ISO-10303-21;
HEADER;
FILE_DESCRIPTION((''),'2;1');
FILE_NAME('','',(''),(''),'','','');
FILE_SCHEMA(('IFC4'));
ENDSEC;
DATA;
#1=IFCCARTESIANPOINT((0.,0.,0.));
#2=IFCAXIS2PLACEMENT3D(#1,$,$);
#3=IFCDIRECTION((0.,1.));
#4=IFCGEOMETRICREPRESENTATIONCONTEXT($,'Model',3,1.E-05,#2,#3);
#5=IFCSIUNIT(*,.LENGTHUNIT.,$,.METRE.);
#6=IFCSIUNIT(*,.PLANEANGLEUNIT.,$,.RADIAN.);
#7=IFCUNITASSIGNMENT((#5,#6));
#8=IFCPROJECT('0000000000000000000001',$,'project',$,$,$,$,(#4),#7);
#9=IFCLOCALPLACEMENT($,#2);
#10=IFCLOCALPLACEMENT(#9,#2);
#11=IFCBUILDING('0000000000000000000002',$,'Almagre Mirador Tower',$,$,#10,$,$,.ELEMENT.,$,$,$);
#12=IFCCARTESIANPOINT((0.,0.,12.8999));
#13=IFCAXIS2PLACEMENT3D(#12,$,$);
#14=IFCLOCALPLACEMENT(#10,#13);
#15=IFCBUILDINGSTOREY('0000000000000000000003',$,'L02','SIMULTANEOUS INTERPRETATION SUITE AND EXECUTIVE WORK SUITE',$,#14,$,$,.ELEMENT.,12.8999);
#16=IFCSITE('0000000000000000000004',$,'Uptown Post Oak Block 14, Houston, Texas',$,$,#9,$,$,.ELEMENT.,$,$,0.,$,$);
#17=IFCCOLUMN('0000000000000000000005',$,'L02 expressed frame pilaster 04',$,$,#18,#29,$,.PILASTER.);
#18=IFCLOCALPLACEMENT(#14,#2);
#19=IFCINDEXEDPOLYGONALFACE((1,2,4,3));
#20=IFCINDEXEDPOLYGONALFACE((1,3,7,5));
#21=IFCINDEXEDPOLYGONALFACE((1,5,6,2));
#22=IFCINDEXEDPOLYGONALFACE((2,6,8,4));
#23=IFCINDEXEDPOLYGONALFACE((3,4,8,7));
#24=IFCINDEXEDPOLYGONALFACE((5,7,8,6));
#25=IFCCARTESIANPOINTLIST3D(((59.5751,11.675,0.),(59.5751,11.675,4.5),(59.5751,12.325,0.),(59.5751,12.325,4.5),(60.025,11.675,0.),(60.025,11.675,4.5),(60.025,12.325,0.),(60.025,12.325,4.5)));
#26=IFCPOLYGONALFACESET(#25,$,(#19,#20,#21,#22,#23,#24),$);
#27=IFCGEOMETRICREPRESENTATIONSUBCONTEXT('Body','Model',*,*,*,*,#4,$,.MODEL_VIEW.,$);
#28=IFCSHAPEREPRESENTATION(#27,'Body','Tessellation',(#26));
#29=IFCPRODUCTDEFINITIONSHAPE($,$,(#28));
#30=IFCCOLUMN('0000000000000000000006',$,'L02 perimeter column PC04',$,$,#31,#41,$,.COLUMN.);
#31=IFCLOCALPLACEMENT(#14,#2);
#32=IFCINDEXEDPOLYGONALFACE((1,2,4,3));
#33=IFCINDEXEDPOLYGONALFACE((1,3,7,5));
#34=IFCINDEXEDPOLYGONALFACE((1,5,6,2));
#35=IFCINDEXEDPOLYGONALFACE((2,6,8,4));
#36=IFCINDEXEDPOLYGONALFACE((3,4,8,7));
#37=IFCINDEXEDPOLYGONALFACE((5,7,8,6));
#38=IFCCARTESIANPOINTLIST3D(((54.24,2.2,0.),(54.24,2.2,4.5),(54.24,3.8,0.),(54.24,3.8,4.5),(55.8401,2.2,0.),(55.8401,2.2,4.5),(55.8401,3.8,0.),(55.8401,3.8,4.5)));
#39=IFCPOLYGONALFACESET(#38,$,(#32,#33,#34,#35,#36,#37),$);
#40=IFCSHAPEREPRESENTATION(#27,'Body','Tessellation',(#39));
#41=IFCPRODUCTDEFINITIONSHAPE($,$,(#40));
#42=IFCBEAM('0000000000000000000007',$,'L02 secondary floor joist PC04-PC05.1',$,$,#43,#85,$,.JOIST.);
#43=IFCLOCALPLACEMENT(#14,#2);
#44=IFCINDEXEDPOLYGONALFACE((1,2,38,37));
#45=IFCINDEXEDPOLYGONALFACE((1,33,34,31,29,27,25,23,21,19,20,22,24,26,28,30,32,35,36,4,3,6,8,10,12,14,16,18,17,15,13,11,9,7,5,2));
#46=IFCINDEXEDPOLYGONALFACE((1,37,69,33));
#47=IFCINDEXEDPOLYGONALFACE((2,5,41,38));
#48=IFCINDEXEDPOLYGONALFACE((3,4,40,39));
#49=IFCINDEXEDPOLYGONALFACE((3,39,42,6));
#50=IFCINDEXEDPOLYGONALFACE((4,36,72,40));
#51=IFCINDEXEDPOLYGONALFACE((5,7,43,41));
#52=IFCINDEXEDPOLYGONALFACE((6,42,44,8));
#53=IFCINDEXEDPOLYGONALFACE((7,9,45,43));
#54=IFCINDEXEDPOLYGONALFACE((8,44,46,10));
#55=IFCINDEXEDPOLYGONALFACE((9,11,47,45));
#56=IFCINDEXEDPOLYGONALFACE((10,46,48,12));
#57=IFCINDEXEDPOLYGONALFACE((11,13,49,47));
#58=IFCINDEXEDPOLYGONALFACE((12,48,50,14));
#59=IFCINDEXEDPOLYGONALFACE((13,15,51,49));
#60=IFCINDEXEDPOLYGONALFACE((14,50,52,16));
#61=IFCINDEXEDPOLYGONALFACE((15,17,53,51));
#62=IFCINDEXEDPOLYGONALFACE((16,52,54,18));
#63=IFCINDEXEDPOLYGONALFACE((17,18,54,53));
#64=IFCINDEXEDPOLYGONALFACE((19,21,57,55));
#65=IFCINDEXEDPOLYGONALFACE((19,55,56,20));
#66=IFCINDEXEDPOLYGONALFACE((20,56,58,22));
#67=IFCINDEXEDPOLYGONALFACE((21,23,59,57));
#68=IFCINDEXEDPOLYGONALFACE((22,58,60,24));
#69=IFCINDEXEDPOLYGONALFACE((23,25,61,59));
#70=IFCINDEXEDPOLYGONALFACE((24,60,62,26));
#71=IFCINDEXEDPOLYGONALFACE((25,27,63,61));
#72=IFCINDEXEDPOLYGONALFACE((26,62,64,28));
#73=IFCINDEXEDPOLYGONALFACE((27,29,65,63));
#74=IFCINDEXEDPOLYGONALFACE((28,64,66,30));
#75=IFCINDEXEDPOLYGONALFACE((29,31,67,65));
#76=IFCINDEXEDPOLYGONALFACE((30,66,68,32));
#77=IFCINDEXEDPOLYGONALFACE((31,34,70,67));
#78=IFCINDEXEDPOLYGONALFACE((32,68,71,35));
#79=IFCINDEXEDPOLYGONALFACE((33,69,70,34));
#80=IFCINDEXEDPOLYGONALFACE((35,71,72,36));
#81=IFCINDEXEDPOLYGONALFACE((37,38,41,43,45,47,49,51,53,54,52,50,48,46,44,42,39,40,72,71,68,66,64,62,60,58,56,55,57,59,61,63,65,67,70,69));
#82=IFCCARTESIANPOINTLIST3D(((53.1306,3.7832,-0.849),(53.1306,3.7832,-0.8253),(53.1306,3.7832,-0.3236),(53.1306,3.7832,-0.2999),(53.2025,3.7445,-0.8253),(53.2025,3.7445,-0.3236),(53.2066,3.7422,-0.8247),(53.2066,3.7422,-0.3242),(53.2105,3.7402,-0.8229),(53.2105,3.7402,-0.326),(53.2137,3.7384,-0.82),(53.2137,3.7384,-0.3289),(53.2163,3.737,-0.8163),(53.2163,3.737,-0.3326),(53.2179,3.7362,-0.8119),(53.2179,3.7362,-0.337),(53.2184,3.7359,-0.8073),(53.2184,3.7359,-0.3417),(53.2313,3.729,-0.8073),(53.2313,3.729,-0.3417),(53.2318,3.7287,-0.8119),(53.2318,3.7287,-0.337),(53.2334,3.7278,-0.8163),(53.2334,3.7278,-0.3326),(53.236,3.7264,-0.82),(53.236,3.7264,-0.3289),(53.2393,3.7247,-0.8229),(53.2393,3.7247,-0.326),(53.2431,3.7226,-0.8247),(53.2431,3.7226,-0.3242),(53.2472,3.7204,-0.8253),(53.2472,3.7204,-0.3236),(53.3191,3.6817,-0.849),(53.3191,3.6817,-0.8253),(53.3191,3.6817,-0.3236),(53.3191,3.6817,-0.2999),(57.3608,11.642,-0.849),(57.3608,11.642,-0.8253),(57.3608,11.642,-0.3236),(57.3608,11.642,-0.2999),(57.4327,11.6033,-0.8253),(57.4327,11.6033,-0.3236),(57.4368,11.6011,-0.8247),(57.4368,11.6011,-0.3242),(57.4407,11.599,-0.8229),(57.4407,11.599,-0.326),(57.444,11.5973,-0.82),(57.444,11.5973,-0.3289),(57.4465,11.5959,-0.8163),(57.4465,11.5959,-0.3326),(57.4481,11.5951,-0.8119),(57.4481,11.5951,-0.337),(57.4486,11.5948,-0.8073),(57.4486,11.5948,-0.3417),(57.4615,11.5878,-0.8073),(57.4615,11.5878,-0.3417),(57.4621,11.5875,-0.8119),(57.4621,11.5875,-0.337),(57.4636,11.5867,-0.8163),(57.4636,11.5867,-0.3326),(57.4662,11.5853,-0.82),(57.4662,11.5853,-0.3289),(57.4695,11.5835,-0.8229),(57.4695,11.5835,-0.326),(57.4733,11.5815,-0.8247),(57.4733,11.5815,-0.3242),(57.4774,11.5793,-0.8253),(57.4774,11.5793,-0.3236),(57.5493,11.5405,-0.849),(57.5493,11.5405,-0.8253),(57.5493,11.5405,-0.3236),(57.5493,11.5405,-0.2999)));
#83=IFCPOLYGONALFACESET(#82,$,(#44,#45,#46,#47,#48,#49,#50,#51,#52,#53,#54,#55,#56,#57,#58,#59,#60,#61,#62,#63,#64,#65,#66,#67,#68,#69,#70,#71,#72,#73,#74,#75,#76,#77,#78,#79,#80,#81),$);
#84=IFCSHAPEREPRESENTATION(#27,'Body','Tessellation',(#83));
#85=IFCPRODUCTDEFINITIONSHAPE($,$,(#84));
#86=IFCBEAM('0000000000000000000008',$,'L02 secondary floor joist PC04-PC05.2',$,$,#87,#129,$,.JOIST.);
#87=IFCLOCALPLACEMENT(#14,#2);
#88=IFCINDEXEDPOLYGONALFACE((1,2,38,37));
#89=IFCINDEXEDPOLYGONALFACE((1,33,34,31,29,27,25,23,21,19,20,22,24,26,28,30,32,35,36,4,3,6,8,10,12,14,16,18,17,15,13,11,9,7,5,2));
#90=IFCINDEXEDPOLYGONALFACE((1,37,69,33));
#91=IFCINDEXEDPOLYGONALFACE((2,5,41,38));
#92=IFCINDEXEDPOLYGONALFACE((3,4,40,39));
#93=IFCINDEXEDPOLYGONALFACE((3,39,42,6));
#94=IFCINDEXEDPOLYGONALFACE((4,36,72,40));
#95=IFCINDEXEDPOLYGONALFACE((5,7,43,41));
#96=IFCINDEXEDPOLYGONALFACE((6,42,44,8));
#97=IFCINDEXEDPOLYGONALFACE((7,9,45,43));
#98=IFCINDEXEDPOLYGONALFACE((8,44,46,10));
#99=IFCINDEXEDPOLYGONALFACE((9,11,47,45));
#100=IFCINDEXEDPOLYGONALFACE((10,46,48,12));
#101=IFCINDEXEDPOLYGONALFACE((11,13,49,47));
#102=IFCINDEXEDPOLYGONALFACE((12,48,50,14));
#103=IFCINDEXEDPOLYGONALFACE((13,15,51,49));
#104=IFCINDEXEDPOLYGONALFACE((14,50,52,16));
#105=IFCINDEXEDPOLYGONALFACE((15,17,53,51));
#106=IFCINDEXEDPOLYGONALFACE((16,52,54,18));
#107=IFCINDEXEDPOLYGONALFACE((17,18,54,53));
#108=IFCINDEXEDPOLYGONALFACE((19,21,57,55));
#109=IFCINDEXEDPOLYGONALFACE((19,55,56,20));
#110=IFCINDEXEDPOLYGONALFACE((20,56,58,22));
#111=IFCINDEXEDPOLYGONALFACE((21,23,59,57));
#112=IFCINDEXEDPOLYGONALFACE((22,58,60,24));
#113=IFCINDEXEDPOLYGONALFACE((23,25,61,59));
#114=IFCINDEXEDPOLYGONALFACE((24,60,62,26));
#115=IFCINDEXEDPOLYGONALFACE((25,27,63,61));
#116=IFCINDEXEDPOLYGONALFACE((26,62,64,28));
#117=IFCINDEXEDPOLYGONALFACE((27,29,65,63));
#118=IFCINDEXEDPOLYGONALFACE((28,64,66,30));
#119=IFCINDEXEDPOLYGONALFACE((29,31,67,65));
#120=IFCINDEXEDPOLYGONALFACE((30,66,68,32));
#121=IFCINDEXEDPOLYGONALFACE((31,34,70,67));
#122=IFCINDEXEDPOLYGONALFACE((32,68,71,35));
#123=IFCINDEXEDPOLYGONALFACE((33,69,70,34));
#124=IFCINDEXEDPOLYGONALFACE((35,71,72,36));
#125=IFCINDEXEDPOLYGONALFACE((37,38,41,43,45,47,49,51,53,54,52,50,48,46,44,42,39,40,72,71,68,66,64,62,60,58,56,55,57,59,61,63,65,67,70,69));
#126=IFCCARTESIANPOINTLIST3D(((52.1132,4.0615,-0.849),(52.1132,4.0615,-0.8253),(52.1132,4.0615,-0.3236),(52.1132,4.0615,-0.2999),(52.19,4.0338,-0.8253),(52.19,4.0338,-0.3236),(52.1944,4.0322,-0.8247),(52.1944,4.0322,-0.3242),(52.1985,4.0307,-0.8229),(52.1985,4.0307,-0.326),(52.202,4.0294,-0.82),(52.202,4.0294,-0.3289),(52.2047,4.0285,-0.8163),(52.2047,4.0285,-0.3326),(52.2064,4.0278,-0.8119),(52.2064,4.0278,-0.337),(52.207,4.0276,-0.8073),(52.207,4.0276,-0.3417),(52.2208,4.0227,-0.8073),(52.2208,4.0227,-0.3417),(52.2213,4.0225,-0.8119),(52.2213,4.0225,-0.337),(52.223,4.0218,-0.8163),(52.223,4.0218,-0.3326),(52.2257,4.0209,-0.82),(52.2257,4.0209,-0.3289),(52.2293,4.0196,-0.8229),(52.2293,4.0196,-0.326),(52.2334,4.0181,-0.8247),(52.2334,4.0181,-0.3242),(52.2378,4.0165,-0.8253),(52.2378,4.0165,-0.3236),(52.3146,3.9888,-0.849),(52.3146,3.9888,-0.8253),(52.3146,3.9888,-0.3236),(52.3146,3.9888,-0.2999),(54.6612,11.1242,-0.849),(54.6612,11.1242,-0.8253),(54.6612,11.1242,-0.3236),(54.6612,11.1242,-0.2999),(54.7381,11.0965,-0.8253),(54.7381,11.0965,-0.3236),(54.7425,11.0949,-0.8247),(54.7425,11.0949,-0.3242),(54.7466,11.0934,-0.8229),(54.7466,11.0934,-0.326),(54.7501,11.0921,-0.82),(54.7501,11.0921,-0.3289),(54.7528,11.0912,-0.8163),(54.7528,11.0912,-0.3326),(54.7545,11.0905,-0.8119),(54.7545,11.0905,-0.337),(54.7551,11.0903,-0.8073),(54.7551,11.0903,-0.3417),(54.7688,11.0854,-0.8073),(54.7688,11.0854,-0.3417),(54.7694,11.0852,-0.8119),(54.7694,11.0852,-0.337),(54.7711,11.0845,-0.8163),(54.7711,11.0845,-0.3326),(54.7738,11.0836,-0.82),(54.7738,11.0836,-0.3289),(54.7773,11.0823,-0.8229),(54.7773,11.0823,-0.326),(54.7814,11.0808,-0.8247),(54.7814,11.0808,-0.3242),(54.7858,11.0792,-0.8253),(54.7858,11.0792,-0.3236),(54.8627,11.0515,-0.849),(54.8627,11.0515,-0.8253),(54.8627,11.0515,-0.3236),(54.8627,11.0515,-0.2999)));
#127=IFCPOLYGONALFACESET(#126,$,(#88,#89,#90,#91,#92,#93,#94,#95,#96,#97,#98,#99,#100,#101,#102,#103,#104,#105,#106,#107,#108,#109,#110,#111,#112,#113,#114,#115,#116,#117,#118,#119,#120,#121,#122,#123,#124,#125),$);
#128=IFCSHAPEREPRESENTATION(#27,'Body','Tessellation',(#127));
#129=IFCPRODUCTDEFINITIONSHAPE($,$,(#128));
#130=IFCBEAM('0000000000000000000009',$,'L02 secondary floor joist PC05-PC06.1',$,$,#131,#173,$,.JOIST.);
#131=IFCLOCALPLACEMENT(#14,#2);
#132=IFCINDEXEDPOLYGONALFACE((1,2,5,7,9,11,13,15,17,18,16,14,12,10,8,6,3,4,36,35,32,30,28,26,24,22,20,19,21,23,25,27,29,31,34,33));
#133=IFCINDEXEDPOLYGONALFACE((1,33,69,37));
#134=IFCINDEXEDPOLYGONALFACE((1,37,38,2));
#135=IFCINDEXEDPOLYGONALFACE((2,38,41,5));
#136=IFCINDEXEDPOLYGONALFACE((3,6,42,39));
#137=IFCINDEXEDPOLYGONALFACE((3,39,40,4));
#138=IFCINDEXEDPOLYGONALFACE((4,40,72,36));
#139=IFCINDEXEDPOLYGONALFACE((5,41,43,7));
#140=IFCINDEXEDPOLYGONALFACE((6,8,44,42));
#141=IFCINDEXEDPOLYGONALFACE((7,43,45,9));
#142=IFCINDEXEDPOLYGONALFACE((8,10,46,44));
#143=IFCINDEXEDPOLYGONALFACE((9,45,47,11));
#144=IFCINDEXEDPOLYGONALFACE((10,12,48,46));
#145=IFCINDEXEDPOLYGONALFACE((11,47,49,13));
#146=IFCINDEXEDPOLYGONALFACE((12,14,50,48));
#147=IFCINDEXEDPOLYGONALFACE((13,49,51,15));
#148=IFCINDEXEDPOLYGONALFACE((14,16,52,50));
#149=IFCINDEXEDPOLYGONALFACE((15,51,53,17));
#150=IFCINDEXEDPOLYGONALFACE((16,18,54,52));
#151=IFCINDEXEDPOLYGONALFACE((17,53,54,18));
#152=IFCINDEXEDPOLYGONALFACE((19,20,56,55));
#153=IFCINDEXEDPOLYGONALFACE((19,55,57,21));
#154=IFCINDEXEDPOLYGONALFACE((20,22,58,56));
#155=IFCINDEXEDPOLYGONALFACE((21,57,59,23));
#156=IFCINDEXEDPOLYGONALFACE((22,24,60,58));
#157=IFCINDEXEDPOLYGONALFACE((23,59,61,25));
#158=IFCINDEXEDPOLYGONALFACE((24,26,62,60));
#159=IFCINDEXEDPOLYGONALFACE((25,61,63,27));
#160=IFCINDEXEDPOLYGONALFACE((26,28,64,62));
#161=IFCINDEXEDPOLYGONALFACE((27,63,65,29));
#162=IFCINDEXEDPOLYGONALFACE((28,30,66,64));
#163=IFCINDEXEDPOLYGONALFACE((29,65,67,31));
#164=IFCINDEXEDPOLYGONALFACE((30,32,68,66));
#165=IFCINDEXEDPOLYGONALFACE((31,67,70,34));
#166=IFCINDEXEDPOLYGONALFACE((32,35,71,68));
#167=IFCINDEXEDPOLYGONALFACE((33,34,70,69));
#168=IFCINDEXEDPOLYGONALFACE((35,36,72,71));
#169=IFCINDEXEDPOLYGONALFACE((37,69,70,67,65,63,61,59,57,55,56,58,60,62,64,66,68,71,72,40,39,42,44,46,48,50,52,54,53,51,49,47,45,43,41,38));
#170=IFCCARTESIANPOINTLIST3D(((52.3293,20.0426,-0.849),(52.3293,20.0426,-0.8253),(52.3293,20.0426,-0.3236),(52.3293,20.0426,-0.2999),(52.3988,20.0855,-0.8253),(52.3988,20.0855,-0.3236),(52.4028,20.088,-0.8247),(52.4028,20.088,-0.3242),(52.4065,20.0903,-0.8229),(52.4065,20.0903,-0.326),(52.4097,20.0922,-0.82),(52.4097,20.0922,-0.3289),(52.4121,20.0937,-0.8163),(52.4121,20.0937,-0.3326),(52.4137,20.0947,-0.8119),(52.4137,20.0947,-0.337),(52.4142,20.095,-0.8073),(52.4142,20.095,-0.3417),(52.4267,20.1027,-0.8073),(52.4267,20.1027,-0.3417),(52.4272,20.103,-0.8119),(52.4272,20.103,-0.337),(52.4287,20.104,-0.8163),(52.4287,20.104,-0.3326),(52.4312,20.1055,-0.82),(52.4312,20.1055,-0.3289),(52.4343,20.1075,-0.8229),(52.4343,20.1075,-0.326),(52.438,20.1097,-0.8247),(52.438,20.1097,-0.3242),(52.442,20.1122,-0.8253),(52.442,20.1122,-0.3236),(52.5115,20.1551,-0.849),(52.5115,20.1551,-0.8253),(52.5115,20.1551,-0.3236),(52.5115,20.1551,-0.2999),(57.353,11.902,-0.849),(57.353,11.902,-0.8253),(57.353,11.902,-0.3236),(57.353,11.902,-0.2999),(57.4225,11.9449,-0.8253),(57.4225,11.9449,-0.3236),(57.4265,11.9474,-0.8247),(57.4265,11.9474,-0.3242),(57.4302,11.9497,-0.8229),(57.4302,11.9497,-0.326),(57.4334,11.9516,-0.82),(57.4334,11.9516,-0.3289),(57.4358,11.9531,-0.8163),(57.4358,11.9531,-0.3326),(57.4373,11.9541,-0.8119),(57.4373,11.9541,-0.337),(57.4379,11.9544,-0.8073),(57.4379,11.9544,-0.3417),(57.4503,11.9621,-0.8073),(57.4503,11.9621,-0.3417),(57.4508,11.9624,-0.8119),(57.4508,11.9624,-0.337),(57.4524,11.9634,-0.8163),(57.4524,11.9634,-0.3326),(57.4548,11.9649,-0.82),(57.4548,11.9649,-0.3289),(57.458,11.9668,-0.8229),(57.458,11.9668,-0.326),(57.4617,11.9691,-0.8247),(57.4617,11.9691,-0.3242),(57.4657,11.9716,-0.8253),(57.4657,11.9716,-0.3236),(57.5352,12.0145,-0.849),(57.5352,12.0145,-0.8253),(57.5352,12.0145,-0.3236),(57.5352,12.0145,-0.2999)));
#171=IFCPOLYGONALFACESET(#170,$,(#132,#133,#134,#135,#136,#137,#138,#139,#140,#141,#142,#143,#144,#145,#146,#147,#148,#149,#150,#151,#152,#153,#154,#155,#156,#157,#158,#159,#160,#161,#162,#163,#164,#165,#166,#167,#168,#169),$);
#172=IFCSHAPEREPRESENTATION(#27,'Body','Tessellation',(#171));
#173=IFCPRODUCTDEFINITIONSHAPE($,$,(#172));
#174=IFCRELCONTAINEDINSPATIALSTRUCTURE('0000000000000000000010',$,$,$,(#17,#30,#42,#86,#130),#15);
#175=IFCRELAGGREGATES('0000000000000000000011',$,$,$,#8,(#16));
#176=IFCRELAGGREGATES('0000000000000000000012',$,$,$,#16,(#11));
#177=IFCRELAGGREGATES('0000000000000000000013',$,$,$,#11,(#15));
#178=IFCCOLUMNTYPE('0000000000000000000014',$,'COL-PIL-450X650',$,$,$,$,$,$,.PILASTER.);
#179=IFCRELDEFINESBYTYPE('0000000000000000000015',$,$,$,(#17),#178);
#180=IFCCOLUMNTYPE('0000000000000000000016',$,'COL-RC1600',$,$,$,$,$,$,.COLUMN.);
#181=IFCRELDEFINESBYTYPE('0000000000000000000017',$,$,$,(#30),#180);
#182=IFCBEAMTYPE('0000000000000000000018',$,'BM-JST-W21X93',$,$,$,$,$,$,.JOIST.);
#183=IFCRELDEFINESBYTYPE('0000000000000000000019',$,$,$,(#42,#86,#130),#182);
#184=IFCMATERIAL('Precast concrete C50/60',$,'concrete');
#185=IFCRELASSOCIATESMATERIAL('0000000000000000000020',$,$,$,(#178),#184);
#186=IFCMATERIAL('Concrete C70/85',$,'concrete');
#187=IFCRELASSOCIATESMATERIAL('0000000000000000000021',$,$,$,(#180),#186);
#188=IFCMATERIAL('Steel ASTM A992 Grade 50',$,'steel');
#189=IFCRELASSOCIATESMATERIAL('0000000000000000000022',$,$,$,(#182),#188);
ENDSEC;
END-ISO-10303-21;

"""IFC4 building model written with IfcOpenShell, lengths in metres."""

from ifc_helpers import new_model, si_unit, direction, frame, origin, origin_2d, place, context, subcontext, project, spatial, rectangle, i_section, extrude, material, material_profile, profile_set, type_object, element, save


model = new_model("IFC4")

# Units and contexts
model_context = context("Model", 3, precision=1e-05, world=origin(), true_north=direction((0.0, 1.0)))
body_context = subcontext(model_context, "Body", "Model", "MODEL_VIEW")
ifc_project = project(units=[si_unit("LENGTHUNIT", "METRE"), si_unit("PLANEANGLEUNIT", "RADIAN")], contexts=[model_context])

# Site, building, storey
site_placement = place(None, origin())
site = spatial("IfcSite", under=ifc_project, at=site_placement, Name="Uptown Post Oak Block 14, Houston, Texas", CompositionType="ELEMENT", RefElevation=0.0)
building_placement = place(site_placement, origin())
building = spatial("IfcBuilding", under=site, at=building_placement, Name="Almagre Mirador Tower", CompositionType="ELEMENT")
storey_placement = place(building_placement, frame((0.0, 0.0, 12.8999)))
storey = spatial("IfcBuildingStorey", under=building, at=storey_placement, Name="L02", Description="SIMULTANEOUS INTERPRETATION SUITE AND EXECUTIVE WORK SUITE", CompositionType="ELEMENT", Elevation=12.8999)

# Columns
ifc_material_1 = material(Name="Precast concrete C50/60", Category="concrete")
ifc_material_profile_1 = material_profile(ifc_material_1, rectangle(XDim=0.45, YDim=0.6499, at=origin_2d()), Name="RC450X650")
ifc_profile_set_1 = profile_set([ifc_material_profile_1], Name="Precast concrete C50/60")
column_type_1 = type_object("IfcColumnType", Name="COL-PIL-450X650", PredefinedType="PILASTER", material=ifc_profile_set_1)
column_1_placement = place(storey_placement, frame((59.8, 12.0, 0.0), z_axis=(0.0, 0.0, 1.0), x_axis=(1.0, 0.0, 0.0)))
element("IfcColumn", 1, at=column_1_placement, inside=storey, type_object=column_type_1, Name="L02 expressed frame pilaster 04", PredefinedType="PILASTER", context=body_context, shape_type="SweptSolid", body=[
    extrude(rectangle(XDim=0.45, YDim=0.6499, at=origin_2d()), origin(), (0.0, 0.0, 1.0), 4.5),
])
ifc_material_2 = material(Name="Concrete C70/85", Category="concrete")
ifc_material_profile_2 = material_profile(ifc_material_2, rectangle(XDim=1.6001, YDim=1.6001, at=origin_2d()), Name="RC1600X1600")
ifc_profile_set_2 = profile_set([ifc_material_profile_2], Name="Concrete C70/85")
column_type_2 = type_object("IfcColumnType", Name="COL-RC1600", PredefinedType="COLUMN", material=ifc_profile_set_2)
column_2_placement = place(storey_placement, frame((55.04, 3.0, 0.0), z_axis=(0.0, 0.0, 1.0), x_axis=(1.0, 0.0, 0.0)))
element("IfcColumn", 2, at=column_2_placement, inside=storey, type_object=column_type_2, Name="L02 perimeter column PC04", PredefinedType="COLUMN", context=body_context, shape_type="SweptSolid", body=[
    extrude(rectangle(XDim=1.6001, YDim=1.6001, at=origin_2d()), origin(), (0.0, 0.0, 1.0), 4.5),
])

# Beams
ifc_material_3 = material(Name="Steel ASTM A992 Grade 50", Category="steel")
ifc_material_profile_3 = material_profile(ifc_material_3, i_section(OverallWidth=0.2141, OverallDepth=0.5491, WebThickness=0.0146, FlangeThickness=0.0237, FilletRadius=0.0181, at=origin_2d()), Name="W21X93")
ifc_profile_set_3 = profile_set([ifc_material_profile_3], Name="Steel ASTM A992 Grade 50")
beam_type_1 = type_object("IfcBeamType", Name="BM-JST-W21X93", PredefinedType="JOIST", material=ifc_profile_set_3)
beam_1_placement = place(storey_placement, frame((53.2249, 3.7324, -0.5745), z_axis=(0.473971, 0.88054, 0.0), x_axis=(-0.88054, 0.473971, 0.0)))
element("IfcBeam", 3, at=beam_1_placement, inside=storey, type_object=beam_type_1, Name="L02 secondary floor joist PC04-PC05.1", PredefinedType="JOIST", context=body_context, shape_type="SweptSolid", body=[
    extrude(i_section(OverallWidth=0.2141, OverallDepth=0.5491, WebThickness=0.0146, FlangeThickness=0.0237, FilletRadius=0.0181, at=origin_2d()), origin(), (0.0, 0.0, 1.0), 8.925),
])
beam_2_placement = place(storey_placement, frame((52.2139, 4.0251, -0.5745), z_axis=(0.339369, 0.940653, 0.0), x_axis=(-0.940653, 0.339369, 0.0)))
element("IfcBeam", 4, at=beam_2_placement, inside=storey, type_object=beam_type_1, Name="L02 secondary floor joist PC04-PC05.2", PredefinedType="JOIST", context=body_context, shape_type="SweptSolid", body=[
    extrude(i_section(OverallWidth=0.2141, OverallDepth=0.5491, WebThickness=0.0146, FlangeThickness=0.0237, FilletRadius=0.0181, at=origin_2d()), origin(), (0.0, 0.0, 1.0), 7.5083),
])
beam_3_placement = place(storey_placement, frame((57.4441, 11.9583, -0.5745), z_axis=(-0.525164, 0.851001, 0.0), x_axis=(-0.851001, -0.525164, 0.0)))
element("IfcBeam", 5, at=beam_3_placement, inside=storey, type_object=beam_type_1, Name="L02 secondary floor joist PC05-PC06.1", PredefinedType="JOIST", context=body_context, shape_type="SweptSolid", body=[
    extrude(i_section(OverallWidth=0.2141, OverallDepth=0.5491, WebThickness=0.0146, FlangeThickness=0.0237, FilletRadius=0.0181, at=origin_2d()), origin(), (0.0, 0.0, 1.0), 9.5659),
])

save(model, "model.ifc")
